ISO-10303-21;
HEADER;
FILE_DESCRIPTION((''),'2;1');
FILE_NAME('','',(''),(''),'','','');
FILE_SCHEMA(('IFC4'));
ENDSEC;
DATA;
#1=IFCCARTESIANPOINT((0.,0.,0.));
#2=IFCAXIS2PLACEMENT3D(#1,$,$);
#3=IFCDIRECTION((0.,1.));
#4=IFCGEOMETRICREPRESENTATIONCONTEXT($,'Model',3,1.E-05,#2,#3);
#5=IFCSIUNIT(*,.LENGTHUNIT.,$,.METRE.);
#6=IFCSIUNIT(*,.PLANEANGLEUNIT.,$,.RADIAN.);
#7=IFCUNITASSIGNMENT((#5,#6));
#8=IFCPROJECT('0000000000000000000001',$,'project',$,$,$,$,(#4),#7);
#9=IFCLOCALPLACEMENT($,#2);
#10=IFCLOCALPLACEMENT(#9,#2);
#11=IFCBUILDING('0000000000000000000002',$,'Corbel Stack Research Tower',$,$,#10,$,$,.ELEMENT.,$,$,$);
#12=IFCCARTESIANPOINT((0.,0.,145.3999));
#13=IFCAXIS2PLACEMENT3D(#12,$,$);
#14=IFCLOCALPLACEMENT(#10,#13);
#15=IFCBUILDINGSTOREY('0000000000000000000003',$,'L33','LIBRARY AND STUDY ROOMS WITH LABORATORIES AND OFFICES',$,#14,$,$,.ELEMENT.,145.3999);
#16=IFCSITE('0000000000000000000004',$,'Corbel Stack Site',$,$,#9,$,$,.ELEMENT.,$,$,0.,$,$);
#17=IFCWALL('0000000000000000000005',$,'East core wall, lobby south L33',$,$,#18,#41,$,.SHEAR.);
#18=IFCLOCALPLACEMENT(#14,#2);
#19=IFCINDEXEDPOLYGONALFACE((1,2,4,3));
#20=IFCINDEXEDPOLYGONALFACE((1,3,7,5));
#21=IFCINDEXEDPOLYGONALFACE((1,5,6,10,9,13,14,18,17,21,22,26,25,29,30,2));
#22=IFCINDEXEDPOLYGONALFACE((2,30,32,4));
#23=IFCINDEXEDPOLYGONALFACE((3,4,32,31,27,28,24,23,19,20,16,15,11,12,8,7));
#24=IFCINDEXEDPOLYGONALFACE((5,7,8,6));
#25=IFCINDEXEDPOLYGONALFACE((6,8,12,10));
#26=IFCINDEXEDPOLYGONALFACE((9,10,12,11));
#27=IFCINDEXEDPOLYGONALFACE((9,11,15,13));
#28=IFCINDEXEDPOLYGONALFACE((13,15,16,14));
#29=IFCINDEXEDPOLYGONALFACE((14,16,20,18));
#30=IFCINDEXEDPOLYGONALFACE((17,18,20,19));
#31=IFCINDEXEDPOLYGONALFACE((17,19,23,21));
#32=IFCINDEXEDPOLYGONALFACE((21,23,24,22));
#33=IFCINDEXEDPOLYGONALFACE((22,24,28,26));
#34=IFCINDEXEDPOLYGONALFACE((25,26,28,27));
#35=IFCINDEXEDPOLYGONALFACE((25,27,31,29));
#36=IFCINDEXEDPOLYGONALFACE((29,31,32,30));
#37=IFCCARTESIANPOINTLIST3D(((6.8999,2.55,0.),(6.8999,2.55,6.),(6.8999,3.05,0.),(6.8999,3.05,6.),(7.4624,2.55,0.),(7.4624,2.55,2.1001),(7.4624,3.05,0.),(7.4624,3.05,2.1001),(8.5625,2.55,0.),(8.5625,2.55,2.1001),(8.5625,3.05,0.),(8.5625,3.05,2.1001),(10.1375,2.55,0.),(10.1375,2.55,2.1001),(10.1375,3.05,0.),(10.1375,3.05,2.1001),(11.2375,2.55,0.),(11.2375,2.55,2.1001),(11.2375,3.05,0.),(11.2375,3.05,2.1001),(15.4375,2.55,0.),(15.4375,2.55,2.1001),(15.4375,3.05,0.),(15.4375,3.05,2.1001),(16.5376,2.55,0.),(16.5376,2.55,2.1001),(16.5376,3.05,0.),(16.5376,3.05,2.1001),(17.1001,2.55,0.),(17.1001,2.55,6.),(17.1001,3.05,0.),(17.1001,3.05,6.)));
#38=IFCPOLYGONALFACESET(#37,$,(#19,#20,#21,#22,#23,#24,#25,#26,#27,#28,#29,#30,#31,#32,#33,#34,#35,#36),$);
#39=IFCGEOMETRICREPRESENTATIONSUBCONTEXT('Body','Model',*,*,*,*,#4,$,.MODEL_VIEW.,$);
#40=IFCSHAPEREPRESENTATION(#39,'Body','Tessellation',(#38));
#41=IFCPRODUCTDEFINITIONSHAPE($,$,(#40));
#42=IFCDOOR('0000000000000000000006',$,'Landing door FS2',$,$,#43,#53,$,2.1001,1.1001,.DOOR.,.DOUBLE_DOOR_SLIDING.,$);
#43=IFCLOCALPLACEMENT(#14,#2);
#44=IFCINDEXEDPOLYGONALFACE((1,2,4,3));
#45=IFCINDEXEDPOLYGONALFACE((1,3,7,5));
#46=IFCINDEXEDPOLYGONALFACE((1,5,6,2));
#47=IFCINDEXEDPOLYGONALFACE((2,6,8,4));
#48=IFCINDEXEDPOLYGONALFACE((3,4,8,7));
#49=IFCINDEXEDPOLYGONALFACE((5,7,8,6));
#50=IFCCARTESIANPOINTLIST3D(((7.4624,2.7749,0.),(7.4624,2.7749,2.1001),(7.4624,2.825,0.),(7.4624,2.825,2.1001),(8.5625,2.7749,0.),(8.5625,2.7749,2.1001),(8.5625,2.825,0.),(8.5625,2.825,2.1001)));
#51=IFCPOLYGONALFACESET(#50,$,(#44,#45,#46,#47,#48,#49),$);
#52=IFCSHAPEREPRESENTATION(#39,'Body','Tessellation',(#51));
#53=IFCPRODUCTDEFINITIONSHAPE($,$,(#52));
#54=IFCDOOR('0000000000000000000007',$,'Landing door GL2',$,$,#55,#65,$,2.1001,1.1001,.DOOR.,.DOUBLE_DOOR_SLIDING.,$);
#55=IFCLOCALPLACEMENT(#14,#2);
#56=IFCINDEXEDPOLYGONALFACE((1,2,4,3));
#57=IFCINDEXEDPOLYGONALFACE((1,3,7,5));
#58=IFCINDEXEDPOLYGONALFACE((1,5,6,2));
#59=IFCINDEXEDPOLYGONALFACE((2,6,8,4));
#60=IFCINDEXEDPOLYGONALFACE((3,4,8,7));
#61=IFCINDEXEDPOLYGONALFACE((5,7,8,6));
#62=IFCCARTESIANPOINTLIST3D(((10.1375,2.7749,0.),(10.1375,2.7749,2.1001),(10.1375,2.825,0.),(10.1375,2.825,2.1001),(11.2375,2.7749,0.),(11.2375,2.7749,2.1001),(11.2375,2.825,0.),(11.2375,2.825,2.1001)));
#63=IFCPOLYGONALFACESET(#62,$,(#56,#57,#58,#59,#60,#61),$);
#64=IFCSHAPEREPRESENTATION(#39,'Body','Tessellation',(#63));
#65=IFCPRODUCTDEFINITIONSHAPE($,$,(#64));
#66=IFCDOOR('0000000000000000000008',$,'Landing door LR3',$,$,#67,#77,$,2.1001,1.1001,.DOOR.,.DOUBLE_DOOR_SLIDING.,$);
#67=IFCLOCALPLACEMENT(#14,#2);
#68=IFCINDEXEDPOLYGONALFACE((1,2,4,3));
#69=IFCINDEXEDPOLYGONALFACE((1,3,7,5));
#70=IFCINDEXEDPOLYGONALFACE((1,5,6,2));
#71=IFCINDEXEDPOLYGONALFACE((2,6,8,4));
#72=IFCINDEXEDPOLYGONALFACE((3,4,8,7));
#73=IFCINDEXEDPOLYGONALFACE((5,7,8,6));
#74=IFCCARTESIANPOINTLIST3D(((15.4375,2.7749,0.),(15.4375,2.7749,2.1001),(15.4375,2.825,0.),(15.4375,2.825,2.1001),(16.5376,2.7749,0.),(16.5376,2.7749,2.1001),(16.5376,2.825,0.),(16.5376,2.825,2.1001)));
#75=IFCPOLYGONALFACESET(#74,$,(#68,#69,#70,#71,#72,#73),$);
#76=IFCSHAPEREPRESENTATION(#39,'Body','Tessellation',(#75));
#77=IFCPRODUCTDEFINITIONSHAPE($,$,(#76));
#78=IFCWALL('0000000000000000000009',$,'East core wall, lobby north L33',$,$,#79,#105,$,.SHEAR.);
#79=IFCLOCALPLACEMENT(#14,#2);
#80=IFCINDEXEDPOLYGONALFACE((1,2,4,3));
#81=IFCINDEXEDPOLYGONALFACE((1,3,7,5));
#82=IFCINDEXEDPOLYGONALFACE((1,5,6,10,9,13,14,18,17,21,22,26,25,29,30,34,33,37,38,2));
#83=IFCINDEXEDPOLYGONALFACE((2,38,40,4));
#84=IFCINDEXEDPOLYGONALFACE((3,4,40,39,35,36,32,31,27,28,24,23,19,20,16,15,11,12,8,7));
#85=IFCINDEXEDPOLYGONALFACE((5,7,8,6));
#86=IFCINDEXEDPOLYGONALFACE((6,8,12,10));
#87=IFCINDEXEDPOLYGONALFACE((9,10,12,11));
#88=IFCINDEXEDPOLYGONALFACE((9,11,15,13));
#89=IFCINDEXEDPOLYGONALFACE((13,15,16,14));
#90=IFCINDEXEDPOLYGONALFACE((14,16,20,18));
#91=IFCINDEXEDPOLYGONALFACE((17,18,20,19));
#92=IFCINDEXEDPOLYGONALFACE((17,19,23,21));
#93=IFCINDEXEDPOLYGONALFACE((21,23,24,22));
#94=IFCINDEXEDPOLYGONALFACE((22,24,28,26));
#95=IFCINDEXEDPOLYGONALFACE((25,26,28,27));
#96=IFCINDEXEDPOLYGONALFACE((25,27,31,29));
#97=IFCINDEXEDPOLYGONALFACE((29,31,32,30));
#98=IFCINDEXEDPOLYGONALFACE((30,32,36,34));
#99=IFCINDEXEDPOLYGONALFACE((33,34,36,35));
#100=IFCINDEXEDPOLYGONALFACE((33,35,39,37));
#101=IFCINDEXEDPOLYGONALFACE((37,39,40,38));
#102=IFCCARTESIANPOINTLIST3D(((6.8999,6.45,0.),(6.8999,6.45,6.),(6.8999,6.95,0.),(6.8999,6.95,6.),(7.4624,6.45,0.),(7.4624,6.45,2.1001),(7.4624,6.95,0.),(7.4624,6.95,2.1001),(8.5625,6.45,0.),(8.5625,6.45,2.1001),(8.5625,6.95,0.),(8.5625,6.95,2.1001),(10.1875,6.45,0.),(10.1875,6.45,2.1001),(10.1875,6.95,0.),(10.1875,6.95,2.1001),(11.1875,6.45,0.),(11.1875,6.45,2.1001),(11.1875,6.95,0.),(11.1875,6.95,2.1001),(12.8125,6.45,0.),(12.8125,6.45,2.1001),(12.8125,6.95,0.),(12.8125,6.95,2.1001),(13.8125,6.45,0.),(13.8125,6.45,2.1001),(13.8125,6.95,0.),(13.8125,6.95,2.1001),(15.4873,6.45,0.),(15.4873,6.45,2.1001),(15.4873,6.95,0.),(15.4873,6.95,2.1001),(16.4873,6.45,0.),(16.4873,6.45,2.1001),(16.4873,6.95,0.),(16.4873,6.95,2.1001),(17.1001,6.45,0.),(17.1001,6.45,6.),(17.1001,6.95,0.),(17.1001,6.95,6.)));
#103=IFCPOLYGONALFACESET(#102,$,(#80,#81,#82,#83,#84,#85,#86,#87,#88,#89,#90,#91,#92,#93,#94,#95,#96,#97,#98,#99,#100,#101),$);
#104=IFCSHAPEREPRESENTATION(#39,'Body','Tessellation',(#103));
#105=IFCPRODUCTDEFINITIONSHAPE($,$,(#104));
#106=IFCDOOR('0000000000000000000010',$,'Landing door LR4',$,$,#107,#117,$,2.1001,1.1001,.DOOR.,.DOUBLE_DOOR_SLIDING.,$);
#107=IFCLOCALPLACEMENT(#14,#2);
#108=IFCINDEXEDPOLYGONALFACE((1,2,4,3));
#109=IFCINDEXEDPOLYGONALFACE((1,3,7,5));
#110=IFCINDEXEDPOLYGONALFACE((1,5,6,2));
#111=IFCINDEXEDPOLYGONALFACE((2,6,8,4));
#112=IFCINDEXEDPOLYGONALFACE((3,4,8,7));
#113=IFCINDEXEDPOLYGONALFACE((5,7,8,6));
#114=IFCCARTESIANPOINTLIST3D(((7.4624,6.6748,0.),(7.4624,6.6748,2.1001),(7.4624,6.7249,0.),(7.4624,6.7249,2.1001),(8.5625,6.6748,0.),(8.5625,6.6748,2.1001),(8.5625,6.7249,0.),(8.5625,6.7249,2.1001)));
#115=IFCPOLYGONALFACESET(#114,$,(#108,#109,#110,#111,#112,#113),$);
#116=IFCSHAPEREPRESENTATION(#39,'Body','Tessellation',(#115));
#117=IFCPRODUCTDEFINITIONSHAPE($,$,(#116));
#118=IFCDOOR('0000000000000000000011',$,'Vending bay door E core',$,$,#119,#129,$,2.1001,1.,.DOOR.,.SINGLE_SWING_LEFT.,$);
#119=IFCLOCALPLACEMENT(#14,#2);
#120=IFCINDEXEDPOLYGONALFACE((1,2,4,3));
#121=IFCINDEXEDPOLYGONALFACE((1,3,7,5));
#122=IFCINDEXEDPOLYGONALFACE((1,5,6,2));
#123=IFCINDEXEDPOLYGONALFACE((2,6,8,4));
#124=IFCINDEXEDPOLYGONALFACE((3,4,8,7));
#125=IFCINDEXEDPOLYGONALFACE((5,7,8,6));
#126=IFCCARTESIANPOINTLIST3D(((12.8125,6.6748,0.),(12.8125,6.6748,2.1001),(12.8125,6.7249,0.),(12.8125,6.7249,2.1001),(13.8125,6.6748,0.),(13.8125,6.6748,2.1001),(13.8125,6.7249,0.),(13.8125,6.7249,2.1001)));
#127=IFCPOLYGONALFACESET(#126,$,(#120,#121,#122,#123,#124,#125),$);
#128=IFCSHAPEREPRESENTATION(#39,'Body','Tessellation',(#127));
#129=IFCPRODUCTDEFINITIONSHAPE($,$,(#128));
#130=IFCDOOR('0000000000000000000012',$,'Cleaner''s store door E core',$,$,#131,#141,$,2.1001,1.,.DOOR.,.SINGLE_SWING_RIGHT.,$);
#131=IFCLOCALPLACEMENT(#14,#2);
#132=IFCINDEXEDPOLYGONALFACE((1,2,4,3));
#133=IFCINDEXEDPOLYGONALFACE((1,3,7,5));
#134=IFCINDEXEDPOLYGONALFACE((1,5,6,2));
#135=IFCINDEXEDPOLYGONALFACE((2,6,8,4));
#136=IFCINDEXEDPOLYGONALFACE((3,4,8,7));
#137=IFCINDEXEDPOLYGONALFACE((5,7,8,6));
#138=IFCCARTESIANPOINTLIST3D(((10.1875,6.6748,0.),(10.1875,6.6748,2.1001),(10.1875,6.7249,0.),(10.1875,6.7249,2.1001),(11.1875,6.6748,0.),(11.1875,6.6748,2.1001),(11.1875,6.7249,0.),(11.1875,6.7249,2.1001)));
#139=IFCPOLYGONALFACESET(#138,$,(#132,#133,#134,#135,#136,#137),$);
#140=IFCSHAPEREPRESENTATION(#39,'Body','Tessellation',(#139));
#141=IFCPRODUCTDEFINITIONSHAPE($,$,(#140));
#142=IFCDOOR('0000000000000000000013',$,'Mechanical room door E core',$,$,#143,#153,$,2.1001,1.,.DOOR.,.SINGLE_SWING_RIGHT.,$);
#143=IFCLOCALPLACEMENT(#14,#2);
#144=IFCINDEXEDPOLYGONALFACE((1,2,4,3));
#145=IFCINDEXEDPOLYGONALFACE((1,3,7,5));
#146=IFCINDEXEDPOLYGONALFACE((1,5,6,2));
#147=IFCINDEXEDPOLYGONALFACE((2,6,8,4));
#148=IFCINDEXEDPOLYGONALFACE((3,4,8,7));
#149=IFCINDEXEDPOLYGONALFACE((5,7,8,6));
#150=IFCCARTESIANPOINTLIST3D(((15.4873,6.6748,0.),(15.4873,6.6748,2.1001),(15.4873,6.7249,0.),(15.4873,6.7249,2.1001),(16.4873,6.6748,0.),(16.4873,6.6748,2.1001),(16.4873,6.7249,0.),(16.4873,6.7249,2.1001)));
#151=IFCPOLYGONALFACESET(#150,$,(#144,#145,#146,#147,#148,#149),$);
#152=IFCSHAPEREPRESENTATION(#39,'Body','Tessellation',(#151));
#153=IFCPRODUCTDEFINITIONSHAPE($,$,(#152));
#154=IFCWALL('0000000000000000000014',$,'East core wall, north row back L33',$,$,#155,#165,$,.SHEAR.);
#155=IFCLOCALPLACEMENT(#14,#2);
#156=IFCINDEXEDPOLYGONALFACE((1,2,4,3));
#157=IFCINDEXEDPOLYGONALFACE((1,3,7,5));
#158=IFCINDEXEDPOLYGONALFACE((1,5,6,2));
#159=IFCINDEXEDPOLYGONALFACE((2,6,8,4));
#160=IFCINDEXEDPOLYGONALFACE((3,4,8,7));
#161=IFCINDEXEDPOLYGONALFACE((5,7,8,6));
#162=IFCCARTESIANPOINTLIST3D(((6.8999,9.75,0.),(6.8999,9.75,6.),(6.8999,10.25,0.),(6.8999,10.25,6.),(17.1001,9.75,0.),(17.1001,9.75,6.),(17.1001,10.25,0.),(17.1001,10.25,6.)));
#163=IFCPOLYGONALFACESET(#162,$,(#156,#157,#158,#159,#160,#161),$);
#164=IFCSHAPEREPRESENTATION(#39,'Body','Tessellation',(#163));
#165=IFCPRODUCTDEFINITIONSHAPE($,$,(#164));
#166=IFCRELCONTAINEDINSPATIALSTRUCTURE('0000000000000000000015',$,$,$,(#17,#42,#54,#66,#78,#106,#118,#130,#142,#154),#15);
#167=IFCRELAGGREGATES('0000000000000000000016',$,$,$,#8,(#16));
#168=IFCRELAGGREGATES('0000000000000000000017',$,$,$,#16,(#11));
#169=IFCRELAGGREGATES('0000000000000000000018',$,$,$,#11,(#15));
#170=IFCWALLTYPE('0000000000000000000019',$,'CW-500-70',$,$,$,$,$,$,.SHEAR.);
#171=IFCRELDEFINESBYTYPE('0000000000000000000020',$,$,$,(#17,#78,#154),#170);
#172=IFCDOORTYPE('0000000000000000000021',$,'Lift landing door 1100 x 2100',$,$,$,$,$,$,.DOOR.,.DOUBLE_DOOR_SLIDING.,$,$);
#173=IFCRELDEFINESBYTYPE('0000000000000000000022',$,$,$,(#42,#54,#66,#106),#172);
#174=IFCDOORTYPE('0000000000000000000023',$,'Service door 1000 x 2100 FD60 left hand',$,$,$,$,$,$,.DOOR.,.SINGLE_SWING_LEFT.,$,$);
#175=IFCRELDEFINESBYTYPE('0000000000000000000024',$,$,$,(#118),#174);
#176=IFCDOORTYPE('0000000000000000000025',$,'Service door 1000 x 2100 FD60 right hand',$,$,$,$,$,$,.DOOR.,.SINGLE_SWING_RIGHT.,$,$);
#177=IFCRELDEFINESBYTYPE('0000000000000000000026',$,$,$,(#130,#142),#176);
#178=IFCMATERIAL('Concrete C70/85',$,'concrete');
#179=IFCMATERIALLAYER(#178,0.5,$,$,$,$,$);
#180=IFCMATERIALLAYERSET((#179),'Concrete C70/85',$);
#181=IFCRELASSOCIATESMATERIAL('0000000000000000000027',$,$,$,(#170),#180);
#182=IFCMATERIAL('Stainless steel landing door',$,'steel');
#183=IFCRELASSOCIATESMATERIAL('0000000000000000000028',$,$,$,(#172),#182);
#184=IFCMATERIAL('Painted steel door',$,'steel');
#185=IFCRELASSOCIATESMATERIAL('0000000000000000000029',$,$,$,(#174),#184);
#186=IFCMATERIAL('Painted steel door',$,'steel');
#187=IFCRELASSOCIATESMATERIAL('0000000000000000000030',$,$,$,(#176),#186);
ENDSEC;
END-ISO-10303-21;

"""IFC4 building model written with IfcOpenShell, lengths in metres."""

from ifc_helpers import new_model, si_unit, direction, frame, frame_2d, origin, place, context, subcontext, project, spatial, rectangle, extrude, material, layer, layer_set, type_object, element, fill, save


model = new_model("IFC4")

# Units and contexts
model_context = context("Model", 3, precision=1e-05, world=origin(), true_north=direction((0.0, 1.0)))
body_context = subcontext(model_context, "Body", "Model", "MODEL_VIEW")
ifc_project = project(units=[si_unit("LENGTHUNIT", "METRE"), si_unit("PLANEANGLEUNIT", "RADIAN")], contexts=[model_context])

# Site, building, storey
site_placement = place(None, origin())
site = spatial("IfcSite", under=ifc_project, at=site_placement, Name="Corbel Stack Site", CompositionType="ELEMENT", RefElevation=0.0)
building_placement = place(site_placement, origin())
building = spatial("IfcBuilding", under=site, at=building_placement, Name="Corbel Stack Research Tower", CompositionType="ELEMENT")
storey_placement = place(building_placement, frame((0.0, 0.0, 145.3999)))
storey = spatial("IfcBuildingStorey", under=building, at=storey_placement, Name="L33", Description="LIBRARY AND STUDY ROOMS WITH LABORATORIES AND OFFICES", CompositionType="ELEMENT", Elevation=145.3999)

# Walls, openings, doors
ifc_material_1 = material(Name="Concrete C70/85", Category="concrete")
ifc_layer_1 = layer(ifc_material_1, 0.5)
ifc_layer_set_1 = layer_set([ifc_layer_1], Name="Concrete C70/85")
wall_type_1 = type_object("IfcWallType", Name="CW-500-70", PredefinedType="SHEAR", material=ifc_layer_set_1)
wall_1_placement = place(storey_placement, frame((6.8999, 2.8, 0.0), z_axis=(0.0, 0.0, 1.0), x_axis=(1.0, 0.0, 0.0)))
wall_1 = element("IfcWall", 1, at=wall_1_placement, inside=storey, type_object=wall_type_1, Name="East core wall, lobby south L33", PredefinedType="SHEAR", context=body_context, shape_type="SweptSolid", body=[
    extrude(rectangle(XDim=10.2002, YDim=0.5, at=frame_2d((5.1001, 0.0))), origin(), (0.0, 0.0, 1.0), 6.0),
])
opening_1_placement = place(wall_1_placement, frame((0.5625, 0.0, 0.0)))
opening_1 = element("IfcOpeningElement", 2, at=opening_1_placement, cuts=wall_1, PredefinedType="OPENING", context=body_context, shape_type="SweptSolid", body=[
    extrude(rectangle(XDim=1.1001, YDim=2.1001, at=frame_2d((0.55, 1.05))), frame((0.0, 0.26, 0.0), z_axis=(0.0, -1.0, 0.0), x_axis=(1.0, 0.0, 0.0)), (0.0, 0.0, 1.0), 0.52),
])
opening_2_placement = place(wall_1_placement, frame((3.2375, 0.0, 0.0)))
opening_2 = element("IfcOpeningElement", 3, at=opening_2_placement, cuts=wall_1, PredefinedType="OPENING", context=body_context, shape_type="SweptSolid", body=[
    extrude(rectangle(XDim=1.1001, YDim=2.1001, at=frame_2d((0.55, 1.05))), frame((0.0, 0.26, 0.0), z_axis=(0.0, -1.0, 0.0), x_axis=(1.0, 0.0, 0.0)), (0.0, 0.0, 1.0), 0.52),
])
opening_3_placement = place(wall_1_placement, frame((8.5376, 0.0, 0.0)))
opening_3 = element("IfcOpeningElement", 4, at=opening_3_placement, cuts=wall_1, PredefinedType="OPENING", context=body_context, shape_type="SweptSolid", body=[
    extrude(rectangle(XDim=1.1001, YDim=2.1001, at=frame_2d((0.55, 1.05))), frame((0.0, 0.26, 0.0), z_axis=(0.0, -1.0, 0.0), x_axis=(1.0, 0.0, 0.0)), (0.0, 0.0, 1.0), 0.52),
])
ifc_material_2 = material(Name="Stainless steel landing door", Category="steel")
door_type_1 = type_object("IfcDoorType", Name="Lift landing door 1100 x 2100", OperationType="DOUBLE_DOOR_SLIDING", PredefinedType="DOOR", material=ifc_material_2)
door_1_placement = place(opening_1_placement, origin())
door_1 = element("IfcDoor", 5, at=door_1_placement, inside=storey, type_object=door_type_1, Name="Landing door FS2", OperationType="DOUBLE_DOOR_SLIDING", OverallHeight=2.1001, OverallWidth=1.1001, PredefinedType="DOOR", context=body_context, shape_type="SweptSolid", body=[
    extrude(rectangle(XDim=1.1001, YDim=2.1001, at=frame_2d((0.55, 1.05))), frame((0.0, 0.0249, 0.0), z_axis=(0.0, -1.0, 0.0), x_axis=(1.0, 0.0, 0.0)), (0.0, 0.0, 1.0), 0.05),
])
fill(opening_1, door_1)
door_2_placement = place(opening_2_placement, origin())
door_2 = element("IfcDoor", 6, at=door_2_placement, inside=storey, type_object=door_type_1, Name="Landing door GL2", OperationType="DOUBLE_DOOR_SLIDING", OverallHeight=2.1001, OverallWidth=1.1001, PredefinedType="DOOR", context=body_context, shape_type="SweptSolid", body=[
    extrude(rectangle(XDim=1.1001, YDim=2.1001, at=frame_2d((0.55, 1.05))), frame((0.0, 0.0249, 0.0), z_axis=(0.0, -1.0, 0.0), x_axis=(1.0, 0.0, 0.0)), (0.0, 0.0, 1.0), 0.05),
])
fill(opening_2, door_2)
door_3_placement = place(opening_3_placement, origin())
door_3 = element("IfcDoor", 7, at=door_3_placement, inside=storey, type_object=door_type_1, Name="Landing door LR3", OperationType="DOUBLE_DOOR_SLIDING", OverallHeight=2.1001, OverallWidth=1.1001, PredefinedType="DOOR", context=body_context, shape_type="SweptSolid", body=[
    extrude(rectangle(XDim=1.1001, YDim=2.1001, at=frame_2d((0.55, 1.05))), frame((0.0, 0.0249, 0.0), z_axis=(0.0, -1.0, 0.0), x_axis=(1.0, 0.0, 0.0)), (0.0, 0.0, 1.0), 0.05),
])
fill(opening_3, door_3)
wall_2_placement = place(storey_placement, frame((6.8999, 6.7, 0.0), z_axis=(0.0, 0.0, 1.0), x_axis=(1.0, 0.0, 0.0)))
wall_2 = element("IfcWall", 8, at=wall_2_placement, inside=storey, type_object=wall_type_1, Name="East core wall, lobby north L33", PredefinedType="SHEAR", context=body_context, shape_type="SweptSolid", body=[
    extrude(rectangle(XDim=10.2002, YDim=0.5, at=frame_2d((5.1001, 0.0))), origin(), (0.0, 0.0, 1.0), 6.0),
])
opening_4_placement = place(wall_2_placement, frame((0.5625, 0.0, 0.0)))
opening_4 = element("IfcOpeningElement", 9, at=opening_4_placement, cuts=wall_2, PredefinedType="OPENING", context=body_context, shape_type="SweptSolid", body=[
    extrude(rectangle(XDim=1.1001, YDim=2.1001, at=frame_2d((0.55, 1.05))), frame((0.0, 0.26, 0.0), z_axis=(0.0, -1.0, 0.0), x_axis=(1.0, 0.0, 0.0)), (0.0, 0.0, 1.0), 0.52),
])
opening_5_placement = place(wall_2_placement, frame((3.2876, 0.0, 0.0)))
opening_5 = element("IfcOpeningElement", 10, at=opening_5_placement, cuts=wall_2, PredefinedType="OPENING", context=body_context, shape_type="SweptSolid", body=[
    extrude(rectangle(XDim=1.0, YDim=2.1001, at=frame_2d((0.5, 1.05))), frame((0.0, 0.26, 0.0), z_axis=(0.0, -1.0, 0.0), x_axis=(1.0, 0.0, 0.0)), (0.0, 0.0, 1.0), 0.52),
])
opening_6_placement = place(wall_2_placement, frame((5.9126, 0.0, 0.0)))
opening_6 = element("IfcOpeningElement", 11, at=opening_6_placement, cuts=wall_2, PredefinedType="OPENING", context=body_context, shape_type="SweptSolid", body=[
    extrude(rectangle(XDim=1.0, YDim=2.1001, at=frame_2d((0.5, 1.05))), frame((0.0, 0.26, 0.0), z_axis=(0.0, -1.0, 0.0), x_axis=(1.0, 0.0, 0.0)), (0.0, 0.0, 1.0), 0.52),
])
opening_7_placement = place(wall_2_placement, frame((8.5874, 0.0, 0.0)))
opening_7 = element("IfcOpeningElement", 12, at=opening_7_placement, cuts=wall_2, PredefinedType="OPENING", context=body_context, shape_type="SweptSolid", body=[
    extrude(rectangle(XDim=1.0, YDim=2.1001, at=frame_2d((0.5, 1.05))), frame((0.0, 0.26, 0.0), z_axis=(0.0, -1.0, 0.0), x_axis=(1.0, 0.0, 0.0)), (0.0, 0.0, 1.0), 0.52),
])
door_4_placement = place(opening_4_placement, origin())
door_4 = element("IfcDoor", 13, at=door_4_placement, inside=storey, type_object=door_type_1, Name="Landing door LR4", OperationType="DOUBLE_DOOR_SLIDING", OverallHeight=2.1001, OverallWidth=1.1001, PredefinedType="DOOR", context=body_context, shape_type="SweptSolid", body=[
    extrude(rectangle(XDim=1.1001, YDim=2.1001, at=frame_2d((0.55, 1.05))), frame((0.0, 0.0249, 0.0), z_axis=(0.0, -1.0, 0.0), x_axis=(1.0, 0.0, 0.0)), (0.0, 0.0, 1.0), 0.05),
])
fill(opening_4, door_4)
ifc_material_3 = material(Name="Painted steel door", Category="steel")
door_type_2 = type_object("IfcDoorType", Name="Service door 1000 x 2100 FD60 left hand", OperationType="SINGLE_SWING_LEFT", PredefinedType="DOOR", material=ifc_material_3)
door_5_placement = place(opening_6_placement, origin())
door_5 = element("IfcDoor", 14, at=door_5_placement, inside=storey, type_object=door_type_2, Name="Vending bay door E core", OperationType="SINGLE_SWING_LEFT", OverallHeight=2.1001, OverallWidth=1.0, PredefinedType="DOOR", context=body_context, shape_type="SweptSolid", body=[
    extrude(rectangle(XDim=1.0, YDim=2.1001, at=frame_2d((0.5, 1.05))), frame((0.0, 0.0249, 0.0), z_axis=(0.0, -1.0, 0.0), x_axis=(1.0, 0.0, 0.0)), (0.0, 0.0, 1.0), 0.05),
])
fill(opening_6, door_5)
ifc_material_4 = material(Name="Painted steel door", Category="steel")
door_type_3 = type_object("IfcDoorType", Name="Service door 1000 x 2100 FD60 right hand", OperationType="SINGLE_SWING_RIGHT", PredefinedType="DOOR", material=ifc_material_4)
door_6_placement = place(opening_5_placement, origin())
door_6 = element("IfcDoor", 15, at=door_6_placement, inside=storey, type_object=door_type_3, Name="Cleaner's store door E core", OperationType="SINGLE_SWING_RIGHT", OverallHeight=2.1001, OverallWidth=1.0, PredefinedType="DOOR", context=body_context, shape_type="SweptSolid", body=[
    extrude(rectangle(XDim=1.0, YDim=2.1001, at=frame_2d((0.5, 1.05))), frame((0.0, 0.0249, 0.0), z_axis=(0.0, -1.0, 0.0), x_axis=(1.0, 0.0, 0.0)), (0.0, 0.0, 1.0), 0.05),
])
fill(opening_5, door_6)
door_7_placement = place(opening_7_placement, origin())
door_7 = element("IfcDoor", 16, at=door_7_placement, inside=storey, type_object=door_type_3, Name="Mechanical room door E core", OperationType="SINGLE_SWING_RIGHT", OverallHeight=2.1001, OverallWidth=1.0, PredefinedType="DOOR", context=body_context, shape_type="SweptSolid", body=[
    extrude(rectangle(XDim=1.0, YDim=2.1001, at=frame_2d((0.5, 1.05))), frame((0.0, 0.0249, 0.0), z_axis=(0.0, -1.0, 0.0), x_axis=(1.0, 0.0, 0.0)), (0.0, 0.0, 1.0), 0.05),
])
fill(opening_7, door_7)

# Wall
wall_3_placement = place(storey_placement, frame((6.8999, 10.0, 0.0), z_axis=(0.0, 0.0, 1.0), x_axis=(1.0, 0.0, 0.0)))
element("IfcWall", 17, at=wall_3_placement, inside=storey, type_object=wall_type_1, Name="East core wall, north row back L33", PredefinedType="SHEAR", context=body_context, shape_type="SweptSolid", body=[
    extrude(rectangle(XDim=10.2002, YDim=0.5, at=frame_2d((5.1001, 0.0))), origin(), (0.0, 0.0, 1.0), 6.0),
])

save(model, "model.ifc")
